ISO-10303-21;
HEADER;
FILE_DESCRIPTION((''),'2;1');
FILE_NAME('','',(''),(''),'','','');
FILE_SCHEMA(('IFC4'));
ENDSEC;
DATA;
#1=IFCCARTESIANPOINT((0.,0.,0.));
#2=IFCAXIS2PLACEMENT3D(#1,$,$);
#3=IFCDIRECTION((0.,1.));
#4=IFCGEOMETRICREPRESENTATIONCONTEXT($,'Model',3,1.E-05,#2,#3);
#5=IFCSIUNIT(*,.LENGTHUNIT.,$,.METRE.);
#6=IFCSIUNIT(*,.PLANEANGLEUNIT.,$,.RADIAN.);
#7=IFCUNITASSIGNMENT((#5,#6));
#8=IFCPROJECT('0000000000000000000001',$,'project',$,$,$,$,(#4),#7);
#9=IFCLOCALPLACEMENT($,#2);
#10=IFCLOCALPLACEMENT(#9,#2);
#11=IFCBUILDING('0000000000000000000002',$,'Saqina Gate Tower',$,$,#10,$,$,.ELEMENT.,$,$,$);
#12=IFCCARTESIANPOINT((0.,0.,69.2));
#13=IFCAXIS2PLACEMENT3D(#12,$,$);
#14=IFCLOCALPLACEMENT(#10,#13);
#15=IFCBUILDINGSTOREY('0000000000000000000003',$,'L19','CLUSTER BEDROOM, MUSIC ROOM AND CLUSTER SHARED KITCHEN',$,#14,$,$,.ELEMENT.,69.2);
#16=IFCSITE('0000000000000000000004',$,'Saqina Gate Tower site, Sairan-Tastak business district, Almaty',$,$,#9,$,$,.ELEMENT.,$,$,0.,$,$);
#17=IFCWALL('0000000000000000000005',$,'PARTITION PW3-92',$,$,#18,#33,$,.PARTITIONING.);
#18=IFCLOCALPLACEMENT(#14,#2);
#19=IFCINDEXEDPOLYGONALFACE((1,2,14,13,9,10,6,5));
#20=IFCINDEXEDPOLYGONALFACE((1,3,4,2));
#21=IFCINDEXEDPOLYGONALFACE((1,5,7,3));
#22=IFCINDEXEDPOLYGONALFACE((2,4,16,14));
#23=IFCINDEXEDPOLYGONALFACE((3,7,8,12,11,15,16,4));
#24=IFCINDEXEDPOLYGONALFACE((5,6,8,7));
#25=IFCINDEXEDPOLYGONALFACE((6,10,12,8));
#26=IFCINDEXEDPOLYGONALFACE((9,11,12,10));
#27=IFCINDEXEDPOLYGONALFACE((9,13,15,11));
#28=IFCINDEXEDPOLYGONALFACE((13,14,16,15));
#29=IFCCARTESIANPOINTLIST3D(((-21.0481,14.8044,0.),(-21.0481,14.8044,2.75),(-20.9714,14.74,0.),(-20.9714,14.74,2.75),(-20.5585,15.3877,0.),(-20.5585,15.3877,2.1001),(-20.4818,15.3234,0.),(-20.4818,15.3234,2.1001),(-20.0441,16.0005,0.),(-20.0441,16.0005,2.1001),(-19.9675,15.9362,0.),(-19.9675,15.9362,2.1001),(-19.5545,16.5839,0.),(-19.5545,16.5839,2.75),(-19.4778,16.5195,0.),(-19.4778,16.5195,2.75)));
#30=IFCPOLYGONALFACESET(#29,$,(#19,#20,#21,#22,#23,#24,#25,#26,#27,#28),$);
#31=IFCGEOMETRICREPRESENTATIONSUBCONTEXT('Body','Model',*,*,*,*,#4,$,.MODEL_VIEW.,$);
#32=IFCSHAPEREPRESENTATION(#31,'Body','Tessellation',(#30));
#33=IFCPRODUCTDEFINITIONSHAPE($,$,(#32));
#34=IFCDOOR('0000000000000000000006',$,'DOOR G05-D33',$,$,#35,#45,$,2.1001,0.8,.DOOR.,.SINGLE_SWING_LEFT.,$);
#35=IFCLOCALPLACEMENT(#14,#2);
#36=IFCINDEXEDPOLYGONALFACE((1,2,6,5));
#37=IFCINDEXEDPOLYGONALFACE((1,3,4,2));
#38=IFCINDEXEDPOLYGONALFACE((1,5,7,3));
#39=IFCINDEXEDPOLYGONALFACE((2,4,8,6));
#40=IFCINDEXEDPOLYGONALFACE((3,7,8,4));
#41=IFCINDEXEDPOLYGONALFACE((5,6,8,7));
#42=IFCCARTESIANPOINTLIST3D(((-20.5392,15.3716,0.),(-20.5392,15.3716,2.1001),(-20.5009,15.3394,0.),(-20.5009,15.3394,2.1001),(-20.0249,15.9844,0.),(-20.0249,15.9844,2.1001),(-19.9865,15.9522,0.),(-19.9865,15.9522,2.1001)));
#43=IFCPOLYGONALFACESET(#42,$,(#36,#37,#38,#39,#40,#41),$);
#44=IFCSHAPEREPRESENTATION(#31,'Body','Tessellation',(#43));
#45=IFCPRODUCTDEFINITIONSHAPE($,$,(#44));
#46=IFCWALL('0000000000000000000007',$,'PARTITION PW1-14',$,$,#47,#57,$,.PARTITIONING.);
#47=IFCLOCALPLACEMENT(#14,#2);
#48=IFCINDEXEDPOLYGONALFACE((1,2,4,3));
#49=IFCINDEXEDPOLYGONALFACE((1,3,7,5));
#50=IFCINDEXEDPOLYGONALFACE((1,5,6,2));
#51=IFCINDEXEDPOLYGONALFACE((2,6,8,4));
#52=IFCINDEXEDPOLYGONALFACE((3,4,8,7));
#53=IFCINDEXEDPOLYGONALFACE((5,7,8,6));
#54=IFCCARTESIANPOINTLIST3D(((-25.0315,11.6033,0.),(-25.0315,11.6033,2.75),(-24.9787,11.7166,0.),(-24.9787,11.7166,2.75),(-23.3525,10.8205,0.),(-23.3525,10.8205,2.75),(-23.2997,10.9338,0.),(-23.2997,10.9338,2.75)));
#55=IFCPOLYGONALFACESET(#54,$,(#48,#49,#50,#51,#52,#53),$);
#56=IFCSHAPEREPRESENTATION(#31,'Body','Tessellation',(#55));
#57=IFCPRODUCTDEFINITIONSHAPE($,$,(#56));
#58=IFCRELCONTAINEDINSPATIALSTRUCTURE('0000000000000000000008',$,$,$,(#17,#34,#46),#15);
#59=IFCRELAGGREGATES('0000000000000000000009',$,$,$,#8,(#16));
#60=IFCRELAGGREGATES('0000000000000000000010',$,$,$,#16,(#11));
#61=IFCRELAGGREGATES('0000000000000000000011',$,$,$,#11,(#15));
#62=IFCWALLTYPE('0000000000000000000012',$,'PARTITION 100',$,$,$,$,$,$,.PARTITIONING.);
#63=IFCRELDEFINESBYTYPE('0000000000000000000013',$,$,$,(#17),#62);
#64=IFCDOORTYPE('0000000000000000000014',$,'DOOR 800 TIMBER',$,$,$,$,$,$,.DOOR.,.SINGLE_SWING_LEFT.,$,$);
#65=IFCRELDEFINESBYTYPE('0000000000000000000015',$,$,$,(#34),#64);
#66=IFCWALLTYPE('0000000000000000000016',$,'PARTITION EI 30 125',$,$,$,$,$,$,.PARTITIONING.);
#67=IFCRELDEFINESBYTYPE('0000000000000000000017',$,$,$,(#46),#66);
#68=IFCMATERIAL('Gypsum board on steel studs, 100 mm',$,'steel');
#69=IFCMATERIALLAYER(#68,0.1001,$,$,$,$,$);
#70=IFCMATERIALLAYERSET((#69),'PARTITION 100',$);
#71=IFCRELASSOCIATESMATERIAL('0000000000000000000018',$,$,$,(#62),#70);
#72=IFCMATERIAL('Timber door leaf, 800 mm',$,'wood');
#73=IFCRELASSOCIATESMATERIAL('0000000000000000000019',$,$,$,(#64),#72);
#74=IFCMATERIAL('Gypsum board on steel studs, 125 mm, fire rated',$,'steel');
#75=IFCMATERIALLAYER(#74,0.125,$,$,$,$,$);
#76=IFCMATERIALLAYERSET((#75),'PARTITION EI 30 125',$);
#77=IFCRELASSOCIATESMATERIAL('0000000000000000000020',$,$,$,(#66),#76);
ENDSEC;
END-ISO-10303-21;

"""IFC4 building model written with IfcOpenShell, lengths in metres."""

from ifc_helpers import new_model, si_unit, direction, frame, frame_2d, origin, place, context, subcontext, project, spatial, rectangle, extrude, material, layer, layer_set, type_object, element, fill, save


model = new_model("IFC4")

# Units and contexts
model_context = context("Model", 3, precision=1e-05, world=origin(), true_north=direction((0.0, 1.0)))
body_context = subcontext(model_context, "Body", "Model", "MODEL_VIEW")
ifc_project = project(units=[si_unit("LENGTHUNIT", "METRE"), si_unit("PLANEANGLEUNIT", "RADIAN")], contexts=[model_context])

# Site, building, storey
site_placement = place(None, origin())
site = spatial("IfcSite", under=ifc_project, at=site_placement, Name="Saqina Gate Tower site, Sairan-Tastak business district, Almaty", CompositionType="ELEMENT", RefElevation=0.0)
building_placement = place(site_placement, origin())
building = spatial("IfcBuilding", under=site, at=building_placement, Name="Saqina Gate Tower", CompositionType="ELEMENT")
storey_placement = place(building_placement, frame((0.0, 0.0, 69.2)))
storey = spatial("IfcBuildingStorey", under=building, at=storey_placement, Name="L19", Description="CLUSTER BEDROOM, MUSIC ROOM AND CLUSTER SHARED KITCHEN", CompositionType="ELEMENT", Elevation=69.2)

# Shared definitions
ifc_material_1 = material(Name="Gypsum board on steel studs, 100 mm", Category="steel")
ifc_layer_1 = layer(ifc_material_1, 0.1001)
ifc_layer_set_1 = layer_set([ifc_layer_1], Name="PARTITION 100")
wall_type_1 = type_object("IfcWallType", Name="PARTITION 100", PredefinedType="PARTITIONING", material=ifc_layer_set_1)

# Wall, opening, door
wall_1_placement = place(storey_placement, frame((-21.0098, 14.7722, 0.0), z_axis=(0.0, 0.0, 1.0), x_axis=(0.642899, 0.765951, 0.0)))
wall_1 = element("IfcWall", 1, at=wall_1_placement, inside=storey, type_object=wall_type_1, Name="PARTITION PW3-92", PredefinedType="PARTITIONING", context=body_context, shape_type="SweptSolid", body=[
    extrude(rectangle(XDim=2.3232, YDim=0.1001, at=frame_2d((1.1616, 0.0))), origin(), (0.0, 0.0, 1.0), 2.75),
])
opening_1_placement = place(wall_1_placement, frame((0.7617, 0.0, 0.0)))
opening_1 = element("IfcOpeningElement", 2, at=opening_1_placement, cuts=wall_1, PredefinedType="OPENING", context=body_context, shape_type="SweptSolid", body=[
    extrude(rectangle(XDim=0.8, YDim=2.1001, at=frame_2d((0.3999, 1.05))), frame((0.0, 0.062, 0.0), z_axis=(0.0, -1.0, 0.0), x_axis=(1.0, 0.0, 0.0)), (0.0, 0.0, 1.0), 0.124),
])
ifc_material_2 = material(Name="Timber door leaf, 800 mm", Category="wood")
door_type = type_object("IfcDoorType", Name="DOOR 800 TIMBER", OperationType="SINGLE_SWING_LEFT", PredefinedType="DOOR", material=ifc_material_2)
door_placement = place(opening_1_placement, origin())
door = element("IfcDoor", 3, at=door_placement, inside=storey, type_object=door_type, Name="DOOR G05-D33", OperationType="SINGLE_SWING_LEFT", OverallHeight=2.1001, OverallWidth=0.8, PredefinedType="DOOR", context=body_context, shape_type="SweptSolid", body=[
    extrude(rectangle(XDim=0.8, YDim=2.1001, at=frame_2d((0.3999, 1.05))), frame((0.0, 0.0249, 0.0), z_axis=(0.0, -1.0, 0.0), x_axis=(1.0, 0.0, 0.0)), (0.0, 0.0, 1.0), 0.05),
])
fill(opening_1, door)

# Wall
ifc_material_3 = material(Name="Gypsum board on steel studs, 125 mm, fire rated", Category="steel")
ifc_layer_2 = layer(ifc_material_3, 0.125)
ifc_layer_set_2 = layer_set([ifc_layer_2], Name="PARTITION EI 30 125")
wall_type_2 = type_object("IfcWallType", Name="PARTITION EI 30 125", PredefinedType="PARTITIONING", material=ifc_layer_set_2)
wall_2_placement = place(storey_placement, frame((-25.0051, 11.6599, 0.0), z_axis=(0.0, 0.0, 1.0), x_axis=(0.906348, -0.422532, 0.0)))
element("IfcWall", 4, at=wall_2_placement, inside=storey, type_object=wall_type_2, Name="PARTITION PW1-14", PredefinedType="PARTITIONING", context=body_context, shape_type="SweptSolid", body=[
    extrude(rectangle(XDim=1.8525, YDim=0.125, at=frame_2d((0.9263, 0.0))), origin(), (0.0, 0.0, 1.0), 2.75),
])

save(model, "model.ifc")
